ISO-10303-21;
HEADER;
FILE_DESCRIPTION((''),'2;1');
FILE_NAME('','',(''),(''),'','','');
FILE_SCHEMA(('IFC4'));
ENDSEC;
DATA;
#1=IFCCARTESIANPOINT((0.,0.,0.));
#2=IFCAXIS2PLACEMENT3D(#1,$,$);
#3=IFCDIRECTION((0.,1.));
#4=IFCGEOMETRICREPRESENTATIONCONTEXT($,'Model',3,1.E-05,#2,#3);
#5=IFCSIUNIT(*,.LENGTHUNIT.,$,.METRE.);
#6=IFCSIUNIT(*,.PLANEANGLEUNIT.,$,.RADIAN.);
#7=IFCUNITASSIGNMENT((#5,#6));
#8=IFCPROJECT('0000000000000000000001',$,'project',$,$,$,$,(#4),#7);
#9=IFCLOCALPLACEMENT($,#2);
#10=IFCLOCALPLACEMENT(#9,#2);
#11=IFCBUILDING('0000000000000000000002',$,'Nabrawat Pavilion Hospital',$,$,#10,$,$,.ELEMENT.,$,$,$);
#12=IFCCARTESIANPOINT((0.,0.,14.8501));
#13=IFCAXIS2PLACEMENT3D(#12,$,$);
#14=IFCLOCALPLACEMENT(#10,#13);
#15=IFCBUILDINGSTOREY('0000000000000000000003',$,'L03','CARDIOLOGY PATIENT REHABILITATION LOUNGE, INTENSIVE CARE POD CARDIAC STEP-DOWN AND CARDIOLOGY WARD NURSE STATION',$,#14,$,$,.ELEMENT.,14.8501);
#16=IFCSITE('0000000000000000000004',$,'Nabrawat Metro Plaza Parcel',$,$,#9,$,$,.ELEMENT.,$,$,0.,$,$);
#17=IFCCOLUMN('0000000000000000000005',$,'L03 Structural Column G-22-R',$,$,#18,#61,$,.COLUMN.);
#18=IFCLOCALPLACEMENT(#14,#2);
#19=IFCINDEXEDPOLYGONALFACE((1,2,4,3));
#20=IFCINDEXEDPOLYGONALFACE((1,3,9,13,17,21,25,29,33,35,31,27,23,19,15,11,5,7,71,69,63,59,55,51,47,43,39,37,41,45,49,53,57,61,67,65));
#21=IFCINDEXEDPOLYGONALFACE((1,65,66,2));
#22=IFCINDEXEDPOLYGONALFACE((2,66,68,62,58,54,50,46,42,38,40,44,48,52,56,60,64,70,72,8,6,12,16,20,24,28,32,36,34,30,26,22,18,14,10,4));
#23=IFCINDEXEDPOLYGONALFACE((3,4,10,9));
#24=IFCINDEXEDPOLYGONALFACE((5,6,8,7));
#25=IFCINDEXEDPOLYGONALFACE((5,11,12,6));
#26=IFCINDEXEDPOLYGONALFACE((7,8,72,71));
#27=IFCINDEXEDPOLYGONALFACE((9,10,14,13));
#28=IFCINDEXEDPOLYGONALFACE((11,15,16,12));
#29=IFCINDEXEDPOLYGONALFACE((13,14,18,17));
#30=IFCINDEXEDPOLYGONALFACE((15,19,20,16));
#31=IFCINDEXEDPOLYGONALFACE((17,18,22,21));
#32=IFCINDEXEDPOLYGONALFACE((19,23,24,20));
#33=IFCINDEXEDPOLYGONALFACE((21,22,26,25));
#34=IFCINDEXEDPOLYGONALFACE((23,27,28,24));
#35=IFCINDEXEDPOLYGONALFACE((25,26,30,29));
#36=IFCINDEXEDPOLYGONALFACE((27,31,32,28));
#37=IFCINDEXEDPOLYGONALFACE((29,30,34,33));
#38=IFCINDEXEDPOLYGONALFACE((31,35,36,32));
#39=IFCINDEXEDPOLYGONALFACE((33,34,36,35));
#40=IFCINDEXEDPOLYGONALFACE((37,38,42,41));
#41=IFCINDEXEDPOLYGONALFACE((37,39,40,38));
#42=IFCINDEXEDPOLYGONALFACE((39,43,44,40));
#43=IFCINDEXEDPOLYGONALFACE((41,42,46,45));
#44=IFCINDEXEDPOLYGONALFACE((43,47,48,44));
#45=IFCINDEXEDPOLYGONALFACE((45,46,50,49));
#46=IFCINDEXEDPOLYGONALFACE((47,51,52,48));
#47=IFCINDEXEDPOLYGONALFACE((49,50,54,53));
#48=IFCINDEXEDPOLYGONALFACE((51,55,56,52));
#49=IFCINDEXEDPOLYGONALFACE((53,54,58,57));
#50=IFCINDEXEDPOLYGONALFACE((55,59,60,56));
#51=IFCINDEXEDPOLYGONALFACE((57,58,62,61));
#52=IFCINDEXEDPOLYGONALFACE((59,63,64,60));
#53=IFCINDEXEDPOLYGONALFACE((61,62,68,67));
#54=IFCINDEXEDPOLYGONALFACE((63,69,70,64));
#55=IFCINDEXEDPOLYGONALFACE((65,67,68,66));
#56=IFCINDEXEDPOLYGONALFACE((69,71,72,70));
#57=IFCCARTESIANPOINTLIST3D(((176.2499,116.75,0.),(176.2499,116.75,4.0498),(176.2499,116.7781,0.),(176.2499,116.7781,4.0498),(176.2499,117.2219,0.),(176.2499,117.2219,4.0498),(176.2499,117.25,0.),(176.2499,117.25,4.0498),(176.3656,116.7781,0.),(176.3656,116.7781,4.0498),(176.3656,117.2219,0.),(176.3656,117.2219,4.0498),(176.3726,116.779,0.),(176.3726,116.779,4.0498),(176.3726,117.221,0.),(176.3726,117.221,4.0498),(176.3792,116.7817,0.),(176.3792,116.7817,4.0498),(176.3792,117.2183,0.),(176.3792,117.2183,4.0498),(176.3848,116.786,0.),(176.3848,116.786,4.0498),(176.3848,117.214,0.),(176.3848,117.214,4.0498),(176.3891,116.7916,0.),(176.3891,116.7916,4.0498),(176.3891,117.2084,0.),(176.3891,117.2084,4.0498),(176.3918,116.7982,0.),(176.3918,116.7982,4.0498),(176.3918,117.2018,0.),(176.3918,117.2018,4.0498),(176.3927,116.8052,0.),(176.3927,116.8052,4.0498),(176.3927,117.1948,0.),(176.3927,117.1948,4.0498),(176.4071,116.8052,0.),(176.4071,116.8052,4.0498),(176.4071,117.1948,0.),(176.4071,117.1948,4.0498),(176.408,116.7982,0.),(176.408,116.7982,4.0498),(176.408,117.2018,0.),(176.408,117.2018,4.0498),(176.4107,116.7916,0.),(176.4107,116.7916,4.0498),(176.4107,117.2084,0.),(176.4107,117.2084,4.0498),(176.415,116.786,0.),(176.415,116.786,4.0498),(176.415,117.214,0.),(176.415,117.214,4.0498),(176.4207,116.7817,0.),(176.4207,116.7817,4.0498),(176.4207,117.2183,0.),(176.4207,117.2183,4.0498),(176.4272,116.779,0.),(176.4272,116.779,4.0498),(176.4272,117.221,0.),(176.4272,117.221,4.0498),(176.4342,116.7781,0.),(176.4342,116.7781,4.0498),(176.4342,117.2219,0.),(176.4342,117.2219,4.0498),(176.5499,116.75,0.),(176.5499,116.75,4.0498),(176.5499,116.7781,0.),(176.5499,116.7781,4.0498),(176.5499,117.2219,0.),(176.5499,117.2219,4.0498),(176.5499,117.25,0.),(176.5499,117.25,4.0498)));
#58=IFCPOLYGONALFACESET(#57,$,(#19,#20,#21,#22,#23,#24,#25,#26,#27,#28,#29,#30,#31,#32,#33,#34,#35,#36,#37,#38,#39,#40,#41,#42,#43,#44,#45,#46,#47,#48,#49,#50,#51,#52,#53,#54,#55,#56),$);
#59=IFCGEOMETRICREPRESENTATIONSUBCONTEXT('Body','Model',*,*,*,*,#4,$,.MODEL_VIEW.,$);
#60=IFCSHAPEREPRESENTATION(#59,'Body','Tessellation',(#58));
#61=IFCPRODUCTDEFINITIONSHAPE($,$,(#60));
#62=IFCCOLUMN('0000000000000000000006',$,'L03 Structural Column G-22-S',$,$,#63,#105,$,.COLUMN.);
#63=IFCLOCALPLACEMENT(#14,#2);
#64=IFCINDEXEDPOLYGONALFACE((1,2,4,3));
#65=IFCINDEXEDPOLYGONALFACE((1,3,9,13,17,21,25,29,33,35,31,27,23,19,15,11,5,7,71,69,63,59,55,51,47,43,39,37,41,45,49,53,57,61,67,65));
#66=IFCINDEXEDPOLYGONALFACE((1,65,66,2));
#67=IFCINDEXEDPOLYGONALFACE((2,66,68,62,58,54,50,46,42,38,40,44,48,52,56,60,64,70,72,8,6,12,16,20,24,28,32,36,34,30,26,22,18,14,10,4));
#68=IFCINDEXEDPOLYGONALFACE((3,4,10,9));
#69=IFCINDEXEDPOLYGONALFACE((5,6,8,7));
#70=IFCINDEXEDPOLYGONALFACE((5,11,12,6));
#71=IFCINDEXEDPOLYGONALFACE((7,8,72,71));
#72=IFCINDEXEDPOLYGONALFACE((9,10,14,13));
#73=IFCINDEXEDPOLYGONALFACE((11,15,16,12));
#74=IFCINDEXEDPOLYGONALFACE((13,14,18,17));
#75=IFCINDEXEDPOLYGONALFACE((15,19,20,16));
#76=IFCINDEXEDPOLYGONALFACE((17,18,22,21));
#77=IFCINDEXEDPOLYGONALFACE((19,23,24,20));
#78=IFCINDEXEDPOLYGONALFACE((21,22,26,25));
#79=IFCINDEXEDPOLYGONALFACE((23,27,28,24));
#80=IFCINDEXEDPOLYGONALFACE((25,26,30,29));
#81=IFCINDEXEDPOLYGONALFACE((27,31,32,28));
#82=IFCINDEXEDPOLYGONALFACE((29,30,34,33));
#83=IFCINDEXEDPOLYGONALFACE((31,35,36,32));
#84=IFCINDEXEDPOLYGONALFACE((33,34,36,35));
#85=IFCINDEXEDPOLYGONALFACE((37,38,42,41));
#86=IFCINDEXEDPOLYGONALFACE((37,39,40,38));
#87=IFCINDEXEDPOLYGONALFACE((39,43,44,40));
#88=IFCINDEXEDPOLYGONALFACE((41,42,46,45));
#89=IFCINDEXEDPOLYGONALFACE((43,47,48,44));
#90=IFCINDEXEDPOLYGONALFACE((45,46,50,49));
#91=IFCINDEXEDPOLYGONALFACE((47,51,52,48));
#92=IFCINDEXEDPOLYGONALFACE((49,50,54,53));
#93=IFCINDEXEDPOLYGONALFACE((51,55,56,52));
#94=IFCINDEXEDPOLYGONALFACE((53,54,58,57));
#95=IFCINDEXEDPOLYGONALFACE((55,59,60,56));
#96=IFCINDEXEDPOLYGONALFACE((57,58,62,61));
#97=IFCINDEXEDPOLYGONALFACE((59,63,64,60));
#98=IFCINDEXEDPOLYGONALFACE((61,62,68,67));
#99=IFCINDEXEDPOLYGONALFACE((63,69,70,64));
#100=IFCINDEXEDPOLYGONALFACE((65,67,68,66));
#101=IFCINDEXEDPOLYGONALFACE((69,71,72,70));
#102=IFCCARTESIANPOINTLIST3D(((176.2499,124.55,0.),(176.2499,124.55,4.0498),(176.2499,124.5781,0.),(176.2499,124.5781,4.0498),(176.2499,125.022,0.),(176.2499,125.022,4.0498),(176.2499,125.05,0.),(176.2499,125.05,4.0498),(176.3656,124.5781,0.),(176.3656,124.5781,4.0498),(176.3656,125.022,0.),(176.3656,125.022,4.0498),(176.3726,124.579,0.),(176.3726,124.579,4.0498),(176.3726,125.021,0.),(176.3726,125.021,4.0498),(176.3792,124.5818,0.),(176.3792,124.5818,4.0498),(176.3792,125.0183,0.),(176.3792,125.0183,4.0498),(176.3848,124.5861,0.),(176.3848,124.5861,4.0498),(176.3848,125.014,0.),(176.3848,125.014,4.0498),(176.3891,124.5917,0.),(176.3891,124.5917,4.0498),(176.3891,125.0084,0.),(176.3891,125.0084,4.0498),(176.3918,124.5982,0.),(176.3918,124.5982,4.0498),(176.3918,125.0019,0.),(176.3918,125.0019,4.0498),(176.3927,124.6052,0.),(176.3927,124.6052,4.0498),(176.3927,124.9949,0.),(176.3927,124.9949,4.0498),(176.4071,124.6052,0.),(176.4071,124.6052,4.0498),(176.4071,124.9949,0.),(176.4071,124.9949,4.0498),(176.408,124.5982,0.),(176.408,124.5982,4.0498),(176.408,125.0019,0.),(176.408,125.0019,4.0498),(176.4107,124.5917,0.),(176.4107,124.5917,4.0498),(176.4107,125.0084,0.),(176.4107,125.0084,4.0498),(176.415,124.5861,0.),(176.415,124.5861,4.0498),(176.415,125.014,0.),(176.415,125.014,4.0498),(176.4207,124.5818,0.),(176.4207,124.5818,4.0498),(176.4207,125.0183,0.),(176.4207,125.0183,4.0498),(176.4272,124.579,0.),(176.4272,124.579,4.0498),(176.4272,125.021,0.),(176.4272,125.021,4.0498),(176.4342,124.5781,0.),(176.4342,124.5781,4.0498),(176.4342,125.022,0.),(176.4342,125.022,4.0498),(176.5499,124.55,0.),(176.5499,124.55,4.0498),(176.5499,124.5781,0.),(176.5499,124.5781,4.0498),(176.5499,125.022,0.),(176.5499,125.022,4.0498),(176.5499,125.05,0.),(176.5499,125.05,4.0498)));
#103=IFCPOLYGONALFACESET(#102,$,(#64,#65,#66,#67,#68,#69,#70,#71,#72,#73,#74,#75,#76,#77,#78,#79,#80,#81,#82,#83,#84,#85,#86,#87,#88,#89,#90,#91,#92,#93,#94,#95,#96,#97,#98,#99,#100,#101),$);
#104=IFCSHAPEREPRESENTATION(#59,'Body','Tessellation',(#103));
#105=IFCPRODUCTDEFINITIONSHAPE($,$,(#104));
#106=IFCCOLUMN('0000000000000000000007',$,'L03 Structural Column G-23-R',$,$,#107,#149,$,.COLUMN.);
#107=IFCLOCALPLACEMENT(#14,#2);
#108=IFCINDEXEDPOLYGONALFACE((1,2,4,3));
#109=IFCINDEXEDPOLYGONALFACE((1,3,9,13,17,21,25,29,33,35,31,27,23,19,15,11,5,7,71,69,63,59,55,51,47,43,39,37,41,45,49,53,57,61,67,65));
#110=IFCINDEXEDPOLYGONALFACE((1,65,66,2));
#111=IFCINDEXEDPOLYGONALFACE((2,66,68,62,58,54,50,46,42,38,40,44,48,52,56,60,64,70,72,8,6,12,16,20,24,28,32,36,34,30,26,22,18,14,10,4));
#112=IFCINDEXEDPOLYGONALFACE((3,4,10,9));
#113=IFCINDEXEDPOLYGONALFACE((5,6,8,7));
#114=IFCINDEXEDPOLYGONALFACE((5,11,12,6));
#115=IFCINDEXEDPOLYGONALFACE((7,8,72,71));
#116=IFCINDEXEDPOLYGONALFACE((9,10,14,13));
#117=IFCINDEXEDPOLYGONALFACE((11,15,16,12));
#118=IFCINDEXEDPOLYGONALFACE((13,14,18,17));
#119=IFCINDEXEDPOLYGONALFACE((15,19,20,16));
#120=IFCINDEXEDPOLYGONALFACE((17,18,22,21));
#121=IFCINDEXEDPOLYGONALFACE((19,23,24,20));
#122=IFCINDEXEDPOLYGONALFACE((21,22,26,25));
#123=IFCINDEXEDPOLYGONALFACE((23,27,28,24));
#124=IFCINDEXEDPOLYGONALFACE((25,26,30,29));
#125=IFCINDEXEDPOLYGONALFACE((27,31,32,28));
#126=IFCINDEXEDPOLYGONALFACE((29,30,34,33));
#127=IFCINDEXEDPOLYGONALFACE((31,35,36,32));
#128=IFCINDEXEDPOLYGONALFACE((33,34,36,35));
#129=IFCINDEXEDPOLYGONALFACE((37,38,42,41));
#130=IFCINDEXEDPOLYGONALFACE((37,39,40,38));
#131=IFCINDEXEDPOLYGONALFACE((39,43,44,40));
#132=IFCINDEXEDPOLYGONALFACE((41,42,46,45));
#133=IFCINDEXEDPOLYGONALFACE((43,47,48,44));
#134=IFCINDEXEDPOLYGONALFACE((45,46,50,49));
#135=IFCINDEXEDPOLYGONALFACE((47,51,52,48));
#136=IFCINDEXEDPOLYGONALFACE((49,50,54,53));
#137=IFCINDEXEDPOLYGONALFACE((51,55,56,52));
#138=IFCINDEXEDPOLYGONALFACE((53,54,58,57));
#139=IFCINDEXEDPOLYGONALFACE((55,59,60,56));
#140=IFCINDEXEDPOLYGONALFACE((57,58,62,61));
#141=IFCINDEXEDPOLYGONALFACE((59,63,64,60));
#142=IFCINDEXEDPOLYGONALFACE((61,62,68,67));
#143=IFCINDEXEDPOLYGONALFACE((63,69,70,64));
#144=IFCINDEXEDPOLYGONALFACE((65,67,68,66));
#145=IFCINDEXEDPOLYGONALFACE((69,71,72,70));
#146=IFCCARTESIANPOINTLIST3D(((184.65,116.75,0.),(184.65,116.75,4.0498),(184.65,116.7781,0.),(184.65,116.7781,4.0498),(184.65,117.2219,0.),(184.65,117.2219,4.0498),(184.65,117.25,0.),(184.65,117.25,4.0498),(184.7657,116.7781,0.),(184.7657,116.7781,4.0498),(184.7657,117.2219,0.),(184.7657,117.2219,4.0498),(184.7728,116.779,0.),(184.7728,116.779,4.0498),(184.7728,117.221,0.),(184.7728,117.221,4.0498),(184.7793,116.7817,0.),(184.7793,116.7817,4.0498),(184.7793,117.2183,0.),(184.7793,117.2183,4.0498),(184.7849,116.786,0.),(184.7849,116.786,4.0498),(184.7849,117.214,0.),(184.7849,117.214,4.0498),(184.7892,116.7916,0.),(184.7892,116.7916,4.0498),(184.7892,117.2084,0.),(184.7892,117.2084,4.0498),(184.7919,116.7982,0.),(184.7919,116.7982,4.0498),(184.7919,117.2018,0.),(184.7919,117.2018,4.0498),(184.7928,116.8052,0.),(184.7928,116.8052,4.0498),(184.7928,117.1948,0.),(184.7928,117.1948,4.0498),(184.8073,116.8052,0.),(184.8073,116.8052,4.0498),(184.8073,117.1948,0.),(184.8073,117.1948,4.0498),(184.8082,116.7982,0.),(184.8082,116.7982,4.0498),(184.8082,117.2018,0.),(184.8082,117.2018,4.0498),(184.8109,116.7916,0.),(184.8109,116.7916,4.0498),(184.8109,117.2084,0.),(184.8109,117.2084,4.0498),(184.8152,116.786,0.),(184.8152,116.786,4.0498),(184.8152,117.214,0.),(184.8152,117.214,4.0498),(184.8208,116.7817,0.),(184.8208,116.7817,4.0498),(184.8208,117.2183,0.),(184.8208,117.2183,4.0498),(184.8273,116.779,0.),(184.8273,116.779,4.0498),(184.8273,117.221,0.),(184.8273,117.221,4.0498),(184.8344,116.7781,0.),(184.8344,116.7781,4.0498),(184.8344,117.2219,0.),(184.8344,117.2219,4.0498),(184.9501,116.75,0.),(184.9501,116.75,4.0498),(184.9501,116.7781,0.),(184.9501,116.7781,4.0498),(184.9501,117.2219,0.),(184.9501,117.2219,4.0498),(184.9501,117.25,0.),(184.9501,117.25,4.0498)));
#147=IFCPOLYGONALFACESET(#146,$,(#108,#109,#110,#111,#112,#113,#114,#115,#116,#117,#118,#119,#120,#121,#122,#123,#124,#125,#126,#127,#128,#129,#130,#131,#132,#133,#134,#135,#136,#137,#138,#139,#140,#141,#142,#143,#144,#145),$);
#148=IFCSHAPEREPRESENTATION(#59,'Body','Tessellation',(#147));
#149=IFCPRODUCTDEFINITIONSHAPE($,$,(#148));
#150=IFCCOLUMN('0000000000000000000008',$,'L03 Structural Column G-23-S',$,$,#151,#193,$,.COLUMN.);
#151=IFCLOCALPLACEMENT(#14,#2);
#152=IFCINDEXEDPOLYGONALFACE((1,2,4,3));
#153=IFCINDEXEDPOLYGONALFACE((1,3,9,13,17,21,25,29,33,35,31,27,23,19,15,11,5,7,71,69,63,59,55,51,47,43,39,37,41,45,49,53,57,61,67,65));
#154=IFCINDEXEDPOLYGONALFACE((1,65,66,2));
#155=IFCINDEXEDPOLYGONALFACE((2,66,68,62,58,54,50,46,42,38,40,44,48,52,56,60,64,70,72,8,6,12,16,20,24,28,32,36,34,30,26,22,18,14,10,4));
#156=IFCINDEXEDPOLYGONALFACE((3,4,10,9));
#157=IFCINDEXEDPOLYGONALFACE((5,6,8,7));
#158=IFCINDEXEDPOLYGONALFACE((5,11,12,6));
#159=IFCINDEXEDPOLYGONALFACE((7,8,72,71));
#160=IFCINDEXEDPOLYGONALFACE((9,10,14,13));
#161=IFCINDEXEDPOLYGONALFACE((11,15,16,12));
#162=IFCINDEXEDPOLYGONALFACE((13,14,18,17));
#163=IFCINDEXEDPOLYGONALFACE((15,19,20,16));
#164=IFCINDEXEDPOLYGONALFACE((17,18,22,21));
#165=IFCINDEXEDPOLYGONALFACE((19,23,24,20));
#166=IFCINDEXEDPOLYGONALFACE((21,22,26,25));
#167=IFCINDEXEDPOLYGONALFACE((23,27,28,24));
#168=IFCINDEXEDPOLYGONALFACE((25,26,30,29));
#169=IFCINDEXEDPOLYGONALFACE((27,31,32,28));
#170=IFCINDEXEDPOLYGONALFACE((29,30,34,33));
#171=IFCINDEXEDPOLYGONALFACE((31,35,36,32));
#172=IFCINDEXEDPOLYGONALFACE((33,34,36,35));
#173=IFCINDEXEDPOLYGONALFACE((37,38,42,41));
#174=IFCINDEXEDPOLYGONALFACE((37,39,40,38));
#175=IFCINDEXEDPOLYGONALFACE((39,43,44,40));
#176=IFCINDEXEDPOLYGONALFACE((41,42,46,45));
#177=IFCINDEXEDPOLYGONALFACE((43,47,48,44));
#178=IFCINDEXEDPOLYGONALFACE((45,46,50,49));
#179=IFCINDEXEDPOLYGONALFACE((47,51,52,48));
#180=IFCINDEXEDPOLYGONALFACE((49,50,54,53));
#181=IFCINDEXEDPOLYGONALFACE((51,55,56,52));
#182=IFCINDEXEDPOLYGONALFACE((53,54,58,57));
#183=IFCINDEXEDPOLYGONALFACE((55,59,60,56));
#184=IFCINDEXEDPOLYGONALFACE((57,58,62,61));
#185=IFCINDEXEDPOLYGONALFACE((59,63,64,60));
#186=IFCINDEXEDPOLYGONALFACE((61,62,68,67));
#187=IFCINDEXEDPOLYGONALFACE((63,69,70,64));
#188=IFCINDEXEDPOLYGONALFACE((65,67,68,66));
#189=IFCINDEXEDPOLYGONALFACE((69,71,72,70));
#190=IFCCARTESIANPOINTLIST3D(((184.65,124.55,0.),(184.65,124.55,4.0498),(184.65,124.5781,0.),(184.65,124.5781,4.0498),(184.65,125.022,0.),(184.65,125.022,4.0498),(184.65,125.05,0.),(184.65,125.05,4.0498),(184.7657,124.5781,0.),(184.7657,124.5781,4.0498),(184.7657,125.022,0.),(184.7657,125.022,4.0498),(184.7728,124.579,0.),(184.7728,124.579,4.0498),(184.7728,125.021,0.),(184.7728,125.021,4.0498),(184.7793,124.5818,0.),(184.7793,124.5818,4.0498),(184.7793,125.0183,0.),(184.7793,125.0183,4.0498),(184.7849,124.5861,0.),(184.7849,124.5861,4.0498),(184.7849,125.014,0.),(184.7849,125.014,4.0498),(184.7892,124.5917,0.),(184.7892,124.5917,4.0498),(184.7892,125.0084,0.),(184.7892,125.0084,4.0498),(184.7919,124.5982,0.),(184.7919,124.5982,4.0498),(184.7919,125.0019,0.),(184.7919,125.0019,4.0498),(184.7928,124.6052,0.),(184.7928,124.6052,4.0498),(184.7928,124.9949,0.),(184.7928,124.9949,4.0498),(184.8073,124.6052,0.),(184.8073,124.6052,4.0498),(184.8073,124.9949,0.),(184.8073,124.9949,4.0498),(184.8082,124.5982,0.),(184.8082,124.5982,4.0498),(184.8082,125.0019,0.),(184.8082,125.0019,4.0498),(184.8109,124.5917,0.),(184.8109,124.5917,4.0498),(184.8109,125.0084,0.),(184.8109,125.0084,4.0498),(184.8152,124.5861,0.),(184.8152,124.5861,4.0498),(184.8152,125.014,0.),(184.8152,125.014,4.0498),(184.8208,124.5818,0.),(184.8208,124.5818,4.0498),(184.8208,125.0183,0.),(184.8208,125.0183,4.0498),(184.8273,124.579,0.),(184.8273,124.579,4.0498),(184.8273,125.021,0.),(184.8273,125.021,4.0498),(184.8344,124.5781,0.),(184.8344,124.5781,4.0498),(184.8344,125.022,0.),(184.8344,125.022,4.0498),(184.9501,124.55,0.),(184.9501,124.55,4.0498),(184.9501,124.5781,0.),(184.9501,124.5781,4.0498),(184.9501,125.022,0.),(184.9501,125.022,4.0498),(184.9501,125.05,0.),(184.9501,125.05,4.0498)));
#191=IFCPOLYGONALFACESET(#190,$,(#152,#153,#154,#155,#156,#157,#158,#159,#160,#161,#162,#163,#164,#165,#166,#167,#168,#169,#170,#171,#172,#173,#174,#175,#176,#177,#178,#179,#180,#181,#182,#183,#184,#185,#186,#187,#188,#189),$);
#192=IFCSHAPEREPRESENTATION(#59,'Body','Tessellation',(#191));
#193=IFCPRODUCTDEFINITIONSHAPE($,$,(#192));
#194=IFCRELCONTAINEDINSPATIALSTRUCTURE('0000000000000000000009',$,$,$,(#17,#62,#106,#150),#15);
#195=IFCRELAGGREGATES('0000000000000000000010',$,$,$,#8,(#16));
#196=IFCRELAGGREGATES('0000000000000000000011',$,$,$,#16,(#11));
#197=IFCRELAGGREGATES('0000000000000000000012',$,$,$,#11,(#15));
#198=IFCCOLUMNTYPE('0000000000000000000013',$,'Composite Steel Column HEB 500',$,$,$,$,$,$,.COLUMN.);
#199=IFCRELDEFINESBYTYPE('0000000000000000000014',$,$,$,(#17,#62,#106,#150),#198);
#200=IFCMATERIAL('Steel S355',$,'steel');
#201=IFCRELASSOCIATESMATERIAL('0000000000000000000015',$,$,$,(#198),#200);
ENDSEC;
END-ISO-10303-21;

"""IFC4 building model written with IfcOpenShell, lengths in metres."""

from ifc_helpers import new_model, si_unit, direction, frame, origin, origin_2d, place, context, subcontext, project, spatial, i_section, extrude, material, material_profile, profile_set, type_object, element, save


model = new_model("IFC4")

# Units and contexts
model_context = context("Model", 3, precision=1e-05, world=origin(), true_north=direction((0.0, 1.0)))
body_context = subcontext(model_context, "Body", "Model", "MODEL_VIEW")
ifc_project = project(units=[si_unit("LENGTHUNIT", "METRE"), si_unit("PLANEANGLEUNIT", "RADIAN")], contexts=[model_context])

# Site, building, storey
site_placement = place(None, origin())
site = spatial("IfcSite", under=ifc_project, at=site_placement, Name="Nabrawat Metro Plaza Parcel", CompositionType="ELEMENT", RefElevation=0.0)
building_placement = place(site_placement, origin())
building = spatial("IfcBuilding", under=site, at=building_placement, Name="Nabrawat Pavilion Hospital", CompositionType="ELEMENT")
storey_placement = place(building_placement, frame((0.0, 0.0, 14.8501)))
storey = spatial("IfcBuildingStorey", under=building, at=storey_placement, Name="L03", Description="CARDIOLOGY PATIENT REHABILITATION LOUNGE, INTENSIVE CARE POD CARDIAC STEP-DOWN AND CARDIOLOGY WARD NURSE STATION", CompositionType="ELEMENT", Elevation=14.8501)

# Columns
ifc_material_1 = material(Name="Steel S355", Category="steel")
ifc_material_profile_1 = material_profile(ifc_material_1, i_section(OverallWidth=0.3, OverallDepth=0.5, WebThickness=0.0144, FlangeThickness=0.0281, FilletRadius=0.0271, at=origin_2d()), Name="HEB 500")
ifc_profile_set_1 = profile_set([ifc_material_profile_1], Name="Steel S355")
column_type = type_object("IfcColumnType", Name="Composite Steel Column HEB 500", PredefinedType="COLUMN", material=ifc_profile_set_1)
for number, where, z_axis, x_axis, name in (
    (1, (176.3999, 117.0, 0.0), (0.0, 0.0, 1.0), (1.0, 0.0, 0.0), "L03 Structural Column G-22-R"),
    (2, (176.3999, 124.8, 0.0), (0.0, 0.0, 1.0), (1.0, 0.0, 0.0), "L03 Structural Column G-22-S"),
    (3, (184.8, 117.0, 0.0), (0.0, 0.0, 1.0), (1.0, 0.0, 0.0), "L03 Structural Column G-23-R"),
    (4, (184.8, 124.8, 0.0), (0.0, 0.0, 1.0), (1.0, 0.0, 0.0), "L03 Structural Column G-23-S"),
):
    element("IfcColumn", number, at=place(storey_placement, frame(where, z_axis=z_axis, x_axis=x_axis)), inside=storey, type_object=column_type, Name=name, PredefinedType="COLUMN", context=body_context, shape_type="SweptSolid", body=[
        extrude(i_section(OverallWidth=0.3, OverallDepth=0.5, WebThickness=0.0144, FlangeThickness=0.0281, FilletRadius=0.0271, at=origin_2d()), origin(), (0.0, 0.0, 1.0), 4.0498),
    ])

save(model, "model.ifc")
